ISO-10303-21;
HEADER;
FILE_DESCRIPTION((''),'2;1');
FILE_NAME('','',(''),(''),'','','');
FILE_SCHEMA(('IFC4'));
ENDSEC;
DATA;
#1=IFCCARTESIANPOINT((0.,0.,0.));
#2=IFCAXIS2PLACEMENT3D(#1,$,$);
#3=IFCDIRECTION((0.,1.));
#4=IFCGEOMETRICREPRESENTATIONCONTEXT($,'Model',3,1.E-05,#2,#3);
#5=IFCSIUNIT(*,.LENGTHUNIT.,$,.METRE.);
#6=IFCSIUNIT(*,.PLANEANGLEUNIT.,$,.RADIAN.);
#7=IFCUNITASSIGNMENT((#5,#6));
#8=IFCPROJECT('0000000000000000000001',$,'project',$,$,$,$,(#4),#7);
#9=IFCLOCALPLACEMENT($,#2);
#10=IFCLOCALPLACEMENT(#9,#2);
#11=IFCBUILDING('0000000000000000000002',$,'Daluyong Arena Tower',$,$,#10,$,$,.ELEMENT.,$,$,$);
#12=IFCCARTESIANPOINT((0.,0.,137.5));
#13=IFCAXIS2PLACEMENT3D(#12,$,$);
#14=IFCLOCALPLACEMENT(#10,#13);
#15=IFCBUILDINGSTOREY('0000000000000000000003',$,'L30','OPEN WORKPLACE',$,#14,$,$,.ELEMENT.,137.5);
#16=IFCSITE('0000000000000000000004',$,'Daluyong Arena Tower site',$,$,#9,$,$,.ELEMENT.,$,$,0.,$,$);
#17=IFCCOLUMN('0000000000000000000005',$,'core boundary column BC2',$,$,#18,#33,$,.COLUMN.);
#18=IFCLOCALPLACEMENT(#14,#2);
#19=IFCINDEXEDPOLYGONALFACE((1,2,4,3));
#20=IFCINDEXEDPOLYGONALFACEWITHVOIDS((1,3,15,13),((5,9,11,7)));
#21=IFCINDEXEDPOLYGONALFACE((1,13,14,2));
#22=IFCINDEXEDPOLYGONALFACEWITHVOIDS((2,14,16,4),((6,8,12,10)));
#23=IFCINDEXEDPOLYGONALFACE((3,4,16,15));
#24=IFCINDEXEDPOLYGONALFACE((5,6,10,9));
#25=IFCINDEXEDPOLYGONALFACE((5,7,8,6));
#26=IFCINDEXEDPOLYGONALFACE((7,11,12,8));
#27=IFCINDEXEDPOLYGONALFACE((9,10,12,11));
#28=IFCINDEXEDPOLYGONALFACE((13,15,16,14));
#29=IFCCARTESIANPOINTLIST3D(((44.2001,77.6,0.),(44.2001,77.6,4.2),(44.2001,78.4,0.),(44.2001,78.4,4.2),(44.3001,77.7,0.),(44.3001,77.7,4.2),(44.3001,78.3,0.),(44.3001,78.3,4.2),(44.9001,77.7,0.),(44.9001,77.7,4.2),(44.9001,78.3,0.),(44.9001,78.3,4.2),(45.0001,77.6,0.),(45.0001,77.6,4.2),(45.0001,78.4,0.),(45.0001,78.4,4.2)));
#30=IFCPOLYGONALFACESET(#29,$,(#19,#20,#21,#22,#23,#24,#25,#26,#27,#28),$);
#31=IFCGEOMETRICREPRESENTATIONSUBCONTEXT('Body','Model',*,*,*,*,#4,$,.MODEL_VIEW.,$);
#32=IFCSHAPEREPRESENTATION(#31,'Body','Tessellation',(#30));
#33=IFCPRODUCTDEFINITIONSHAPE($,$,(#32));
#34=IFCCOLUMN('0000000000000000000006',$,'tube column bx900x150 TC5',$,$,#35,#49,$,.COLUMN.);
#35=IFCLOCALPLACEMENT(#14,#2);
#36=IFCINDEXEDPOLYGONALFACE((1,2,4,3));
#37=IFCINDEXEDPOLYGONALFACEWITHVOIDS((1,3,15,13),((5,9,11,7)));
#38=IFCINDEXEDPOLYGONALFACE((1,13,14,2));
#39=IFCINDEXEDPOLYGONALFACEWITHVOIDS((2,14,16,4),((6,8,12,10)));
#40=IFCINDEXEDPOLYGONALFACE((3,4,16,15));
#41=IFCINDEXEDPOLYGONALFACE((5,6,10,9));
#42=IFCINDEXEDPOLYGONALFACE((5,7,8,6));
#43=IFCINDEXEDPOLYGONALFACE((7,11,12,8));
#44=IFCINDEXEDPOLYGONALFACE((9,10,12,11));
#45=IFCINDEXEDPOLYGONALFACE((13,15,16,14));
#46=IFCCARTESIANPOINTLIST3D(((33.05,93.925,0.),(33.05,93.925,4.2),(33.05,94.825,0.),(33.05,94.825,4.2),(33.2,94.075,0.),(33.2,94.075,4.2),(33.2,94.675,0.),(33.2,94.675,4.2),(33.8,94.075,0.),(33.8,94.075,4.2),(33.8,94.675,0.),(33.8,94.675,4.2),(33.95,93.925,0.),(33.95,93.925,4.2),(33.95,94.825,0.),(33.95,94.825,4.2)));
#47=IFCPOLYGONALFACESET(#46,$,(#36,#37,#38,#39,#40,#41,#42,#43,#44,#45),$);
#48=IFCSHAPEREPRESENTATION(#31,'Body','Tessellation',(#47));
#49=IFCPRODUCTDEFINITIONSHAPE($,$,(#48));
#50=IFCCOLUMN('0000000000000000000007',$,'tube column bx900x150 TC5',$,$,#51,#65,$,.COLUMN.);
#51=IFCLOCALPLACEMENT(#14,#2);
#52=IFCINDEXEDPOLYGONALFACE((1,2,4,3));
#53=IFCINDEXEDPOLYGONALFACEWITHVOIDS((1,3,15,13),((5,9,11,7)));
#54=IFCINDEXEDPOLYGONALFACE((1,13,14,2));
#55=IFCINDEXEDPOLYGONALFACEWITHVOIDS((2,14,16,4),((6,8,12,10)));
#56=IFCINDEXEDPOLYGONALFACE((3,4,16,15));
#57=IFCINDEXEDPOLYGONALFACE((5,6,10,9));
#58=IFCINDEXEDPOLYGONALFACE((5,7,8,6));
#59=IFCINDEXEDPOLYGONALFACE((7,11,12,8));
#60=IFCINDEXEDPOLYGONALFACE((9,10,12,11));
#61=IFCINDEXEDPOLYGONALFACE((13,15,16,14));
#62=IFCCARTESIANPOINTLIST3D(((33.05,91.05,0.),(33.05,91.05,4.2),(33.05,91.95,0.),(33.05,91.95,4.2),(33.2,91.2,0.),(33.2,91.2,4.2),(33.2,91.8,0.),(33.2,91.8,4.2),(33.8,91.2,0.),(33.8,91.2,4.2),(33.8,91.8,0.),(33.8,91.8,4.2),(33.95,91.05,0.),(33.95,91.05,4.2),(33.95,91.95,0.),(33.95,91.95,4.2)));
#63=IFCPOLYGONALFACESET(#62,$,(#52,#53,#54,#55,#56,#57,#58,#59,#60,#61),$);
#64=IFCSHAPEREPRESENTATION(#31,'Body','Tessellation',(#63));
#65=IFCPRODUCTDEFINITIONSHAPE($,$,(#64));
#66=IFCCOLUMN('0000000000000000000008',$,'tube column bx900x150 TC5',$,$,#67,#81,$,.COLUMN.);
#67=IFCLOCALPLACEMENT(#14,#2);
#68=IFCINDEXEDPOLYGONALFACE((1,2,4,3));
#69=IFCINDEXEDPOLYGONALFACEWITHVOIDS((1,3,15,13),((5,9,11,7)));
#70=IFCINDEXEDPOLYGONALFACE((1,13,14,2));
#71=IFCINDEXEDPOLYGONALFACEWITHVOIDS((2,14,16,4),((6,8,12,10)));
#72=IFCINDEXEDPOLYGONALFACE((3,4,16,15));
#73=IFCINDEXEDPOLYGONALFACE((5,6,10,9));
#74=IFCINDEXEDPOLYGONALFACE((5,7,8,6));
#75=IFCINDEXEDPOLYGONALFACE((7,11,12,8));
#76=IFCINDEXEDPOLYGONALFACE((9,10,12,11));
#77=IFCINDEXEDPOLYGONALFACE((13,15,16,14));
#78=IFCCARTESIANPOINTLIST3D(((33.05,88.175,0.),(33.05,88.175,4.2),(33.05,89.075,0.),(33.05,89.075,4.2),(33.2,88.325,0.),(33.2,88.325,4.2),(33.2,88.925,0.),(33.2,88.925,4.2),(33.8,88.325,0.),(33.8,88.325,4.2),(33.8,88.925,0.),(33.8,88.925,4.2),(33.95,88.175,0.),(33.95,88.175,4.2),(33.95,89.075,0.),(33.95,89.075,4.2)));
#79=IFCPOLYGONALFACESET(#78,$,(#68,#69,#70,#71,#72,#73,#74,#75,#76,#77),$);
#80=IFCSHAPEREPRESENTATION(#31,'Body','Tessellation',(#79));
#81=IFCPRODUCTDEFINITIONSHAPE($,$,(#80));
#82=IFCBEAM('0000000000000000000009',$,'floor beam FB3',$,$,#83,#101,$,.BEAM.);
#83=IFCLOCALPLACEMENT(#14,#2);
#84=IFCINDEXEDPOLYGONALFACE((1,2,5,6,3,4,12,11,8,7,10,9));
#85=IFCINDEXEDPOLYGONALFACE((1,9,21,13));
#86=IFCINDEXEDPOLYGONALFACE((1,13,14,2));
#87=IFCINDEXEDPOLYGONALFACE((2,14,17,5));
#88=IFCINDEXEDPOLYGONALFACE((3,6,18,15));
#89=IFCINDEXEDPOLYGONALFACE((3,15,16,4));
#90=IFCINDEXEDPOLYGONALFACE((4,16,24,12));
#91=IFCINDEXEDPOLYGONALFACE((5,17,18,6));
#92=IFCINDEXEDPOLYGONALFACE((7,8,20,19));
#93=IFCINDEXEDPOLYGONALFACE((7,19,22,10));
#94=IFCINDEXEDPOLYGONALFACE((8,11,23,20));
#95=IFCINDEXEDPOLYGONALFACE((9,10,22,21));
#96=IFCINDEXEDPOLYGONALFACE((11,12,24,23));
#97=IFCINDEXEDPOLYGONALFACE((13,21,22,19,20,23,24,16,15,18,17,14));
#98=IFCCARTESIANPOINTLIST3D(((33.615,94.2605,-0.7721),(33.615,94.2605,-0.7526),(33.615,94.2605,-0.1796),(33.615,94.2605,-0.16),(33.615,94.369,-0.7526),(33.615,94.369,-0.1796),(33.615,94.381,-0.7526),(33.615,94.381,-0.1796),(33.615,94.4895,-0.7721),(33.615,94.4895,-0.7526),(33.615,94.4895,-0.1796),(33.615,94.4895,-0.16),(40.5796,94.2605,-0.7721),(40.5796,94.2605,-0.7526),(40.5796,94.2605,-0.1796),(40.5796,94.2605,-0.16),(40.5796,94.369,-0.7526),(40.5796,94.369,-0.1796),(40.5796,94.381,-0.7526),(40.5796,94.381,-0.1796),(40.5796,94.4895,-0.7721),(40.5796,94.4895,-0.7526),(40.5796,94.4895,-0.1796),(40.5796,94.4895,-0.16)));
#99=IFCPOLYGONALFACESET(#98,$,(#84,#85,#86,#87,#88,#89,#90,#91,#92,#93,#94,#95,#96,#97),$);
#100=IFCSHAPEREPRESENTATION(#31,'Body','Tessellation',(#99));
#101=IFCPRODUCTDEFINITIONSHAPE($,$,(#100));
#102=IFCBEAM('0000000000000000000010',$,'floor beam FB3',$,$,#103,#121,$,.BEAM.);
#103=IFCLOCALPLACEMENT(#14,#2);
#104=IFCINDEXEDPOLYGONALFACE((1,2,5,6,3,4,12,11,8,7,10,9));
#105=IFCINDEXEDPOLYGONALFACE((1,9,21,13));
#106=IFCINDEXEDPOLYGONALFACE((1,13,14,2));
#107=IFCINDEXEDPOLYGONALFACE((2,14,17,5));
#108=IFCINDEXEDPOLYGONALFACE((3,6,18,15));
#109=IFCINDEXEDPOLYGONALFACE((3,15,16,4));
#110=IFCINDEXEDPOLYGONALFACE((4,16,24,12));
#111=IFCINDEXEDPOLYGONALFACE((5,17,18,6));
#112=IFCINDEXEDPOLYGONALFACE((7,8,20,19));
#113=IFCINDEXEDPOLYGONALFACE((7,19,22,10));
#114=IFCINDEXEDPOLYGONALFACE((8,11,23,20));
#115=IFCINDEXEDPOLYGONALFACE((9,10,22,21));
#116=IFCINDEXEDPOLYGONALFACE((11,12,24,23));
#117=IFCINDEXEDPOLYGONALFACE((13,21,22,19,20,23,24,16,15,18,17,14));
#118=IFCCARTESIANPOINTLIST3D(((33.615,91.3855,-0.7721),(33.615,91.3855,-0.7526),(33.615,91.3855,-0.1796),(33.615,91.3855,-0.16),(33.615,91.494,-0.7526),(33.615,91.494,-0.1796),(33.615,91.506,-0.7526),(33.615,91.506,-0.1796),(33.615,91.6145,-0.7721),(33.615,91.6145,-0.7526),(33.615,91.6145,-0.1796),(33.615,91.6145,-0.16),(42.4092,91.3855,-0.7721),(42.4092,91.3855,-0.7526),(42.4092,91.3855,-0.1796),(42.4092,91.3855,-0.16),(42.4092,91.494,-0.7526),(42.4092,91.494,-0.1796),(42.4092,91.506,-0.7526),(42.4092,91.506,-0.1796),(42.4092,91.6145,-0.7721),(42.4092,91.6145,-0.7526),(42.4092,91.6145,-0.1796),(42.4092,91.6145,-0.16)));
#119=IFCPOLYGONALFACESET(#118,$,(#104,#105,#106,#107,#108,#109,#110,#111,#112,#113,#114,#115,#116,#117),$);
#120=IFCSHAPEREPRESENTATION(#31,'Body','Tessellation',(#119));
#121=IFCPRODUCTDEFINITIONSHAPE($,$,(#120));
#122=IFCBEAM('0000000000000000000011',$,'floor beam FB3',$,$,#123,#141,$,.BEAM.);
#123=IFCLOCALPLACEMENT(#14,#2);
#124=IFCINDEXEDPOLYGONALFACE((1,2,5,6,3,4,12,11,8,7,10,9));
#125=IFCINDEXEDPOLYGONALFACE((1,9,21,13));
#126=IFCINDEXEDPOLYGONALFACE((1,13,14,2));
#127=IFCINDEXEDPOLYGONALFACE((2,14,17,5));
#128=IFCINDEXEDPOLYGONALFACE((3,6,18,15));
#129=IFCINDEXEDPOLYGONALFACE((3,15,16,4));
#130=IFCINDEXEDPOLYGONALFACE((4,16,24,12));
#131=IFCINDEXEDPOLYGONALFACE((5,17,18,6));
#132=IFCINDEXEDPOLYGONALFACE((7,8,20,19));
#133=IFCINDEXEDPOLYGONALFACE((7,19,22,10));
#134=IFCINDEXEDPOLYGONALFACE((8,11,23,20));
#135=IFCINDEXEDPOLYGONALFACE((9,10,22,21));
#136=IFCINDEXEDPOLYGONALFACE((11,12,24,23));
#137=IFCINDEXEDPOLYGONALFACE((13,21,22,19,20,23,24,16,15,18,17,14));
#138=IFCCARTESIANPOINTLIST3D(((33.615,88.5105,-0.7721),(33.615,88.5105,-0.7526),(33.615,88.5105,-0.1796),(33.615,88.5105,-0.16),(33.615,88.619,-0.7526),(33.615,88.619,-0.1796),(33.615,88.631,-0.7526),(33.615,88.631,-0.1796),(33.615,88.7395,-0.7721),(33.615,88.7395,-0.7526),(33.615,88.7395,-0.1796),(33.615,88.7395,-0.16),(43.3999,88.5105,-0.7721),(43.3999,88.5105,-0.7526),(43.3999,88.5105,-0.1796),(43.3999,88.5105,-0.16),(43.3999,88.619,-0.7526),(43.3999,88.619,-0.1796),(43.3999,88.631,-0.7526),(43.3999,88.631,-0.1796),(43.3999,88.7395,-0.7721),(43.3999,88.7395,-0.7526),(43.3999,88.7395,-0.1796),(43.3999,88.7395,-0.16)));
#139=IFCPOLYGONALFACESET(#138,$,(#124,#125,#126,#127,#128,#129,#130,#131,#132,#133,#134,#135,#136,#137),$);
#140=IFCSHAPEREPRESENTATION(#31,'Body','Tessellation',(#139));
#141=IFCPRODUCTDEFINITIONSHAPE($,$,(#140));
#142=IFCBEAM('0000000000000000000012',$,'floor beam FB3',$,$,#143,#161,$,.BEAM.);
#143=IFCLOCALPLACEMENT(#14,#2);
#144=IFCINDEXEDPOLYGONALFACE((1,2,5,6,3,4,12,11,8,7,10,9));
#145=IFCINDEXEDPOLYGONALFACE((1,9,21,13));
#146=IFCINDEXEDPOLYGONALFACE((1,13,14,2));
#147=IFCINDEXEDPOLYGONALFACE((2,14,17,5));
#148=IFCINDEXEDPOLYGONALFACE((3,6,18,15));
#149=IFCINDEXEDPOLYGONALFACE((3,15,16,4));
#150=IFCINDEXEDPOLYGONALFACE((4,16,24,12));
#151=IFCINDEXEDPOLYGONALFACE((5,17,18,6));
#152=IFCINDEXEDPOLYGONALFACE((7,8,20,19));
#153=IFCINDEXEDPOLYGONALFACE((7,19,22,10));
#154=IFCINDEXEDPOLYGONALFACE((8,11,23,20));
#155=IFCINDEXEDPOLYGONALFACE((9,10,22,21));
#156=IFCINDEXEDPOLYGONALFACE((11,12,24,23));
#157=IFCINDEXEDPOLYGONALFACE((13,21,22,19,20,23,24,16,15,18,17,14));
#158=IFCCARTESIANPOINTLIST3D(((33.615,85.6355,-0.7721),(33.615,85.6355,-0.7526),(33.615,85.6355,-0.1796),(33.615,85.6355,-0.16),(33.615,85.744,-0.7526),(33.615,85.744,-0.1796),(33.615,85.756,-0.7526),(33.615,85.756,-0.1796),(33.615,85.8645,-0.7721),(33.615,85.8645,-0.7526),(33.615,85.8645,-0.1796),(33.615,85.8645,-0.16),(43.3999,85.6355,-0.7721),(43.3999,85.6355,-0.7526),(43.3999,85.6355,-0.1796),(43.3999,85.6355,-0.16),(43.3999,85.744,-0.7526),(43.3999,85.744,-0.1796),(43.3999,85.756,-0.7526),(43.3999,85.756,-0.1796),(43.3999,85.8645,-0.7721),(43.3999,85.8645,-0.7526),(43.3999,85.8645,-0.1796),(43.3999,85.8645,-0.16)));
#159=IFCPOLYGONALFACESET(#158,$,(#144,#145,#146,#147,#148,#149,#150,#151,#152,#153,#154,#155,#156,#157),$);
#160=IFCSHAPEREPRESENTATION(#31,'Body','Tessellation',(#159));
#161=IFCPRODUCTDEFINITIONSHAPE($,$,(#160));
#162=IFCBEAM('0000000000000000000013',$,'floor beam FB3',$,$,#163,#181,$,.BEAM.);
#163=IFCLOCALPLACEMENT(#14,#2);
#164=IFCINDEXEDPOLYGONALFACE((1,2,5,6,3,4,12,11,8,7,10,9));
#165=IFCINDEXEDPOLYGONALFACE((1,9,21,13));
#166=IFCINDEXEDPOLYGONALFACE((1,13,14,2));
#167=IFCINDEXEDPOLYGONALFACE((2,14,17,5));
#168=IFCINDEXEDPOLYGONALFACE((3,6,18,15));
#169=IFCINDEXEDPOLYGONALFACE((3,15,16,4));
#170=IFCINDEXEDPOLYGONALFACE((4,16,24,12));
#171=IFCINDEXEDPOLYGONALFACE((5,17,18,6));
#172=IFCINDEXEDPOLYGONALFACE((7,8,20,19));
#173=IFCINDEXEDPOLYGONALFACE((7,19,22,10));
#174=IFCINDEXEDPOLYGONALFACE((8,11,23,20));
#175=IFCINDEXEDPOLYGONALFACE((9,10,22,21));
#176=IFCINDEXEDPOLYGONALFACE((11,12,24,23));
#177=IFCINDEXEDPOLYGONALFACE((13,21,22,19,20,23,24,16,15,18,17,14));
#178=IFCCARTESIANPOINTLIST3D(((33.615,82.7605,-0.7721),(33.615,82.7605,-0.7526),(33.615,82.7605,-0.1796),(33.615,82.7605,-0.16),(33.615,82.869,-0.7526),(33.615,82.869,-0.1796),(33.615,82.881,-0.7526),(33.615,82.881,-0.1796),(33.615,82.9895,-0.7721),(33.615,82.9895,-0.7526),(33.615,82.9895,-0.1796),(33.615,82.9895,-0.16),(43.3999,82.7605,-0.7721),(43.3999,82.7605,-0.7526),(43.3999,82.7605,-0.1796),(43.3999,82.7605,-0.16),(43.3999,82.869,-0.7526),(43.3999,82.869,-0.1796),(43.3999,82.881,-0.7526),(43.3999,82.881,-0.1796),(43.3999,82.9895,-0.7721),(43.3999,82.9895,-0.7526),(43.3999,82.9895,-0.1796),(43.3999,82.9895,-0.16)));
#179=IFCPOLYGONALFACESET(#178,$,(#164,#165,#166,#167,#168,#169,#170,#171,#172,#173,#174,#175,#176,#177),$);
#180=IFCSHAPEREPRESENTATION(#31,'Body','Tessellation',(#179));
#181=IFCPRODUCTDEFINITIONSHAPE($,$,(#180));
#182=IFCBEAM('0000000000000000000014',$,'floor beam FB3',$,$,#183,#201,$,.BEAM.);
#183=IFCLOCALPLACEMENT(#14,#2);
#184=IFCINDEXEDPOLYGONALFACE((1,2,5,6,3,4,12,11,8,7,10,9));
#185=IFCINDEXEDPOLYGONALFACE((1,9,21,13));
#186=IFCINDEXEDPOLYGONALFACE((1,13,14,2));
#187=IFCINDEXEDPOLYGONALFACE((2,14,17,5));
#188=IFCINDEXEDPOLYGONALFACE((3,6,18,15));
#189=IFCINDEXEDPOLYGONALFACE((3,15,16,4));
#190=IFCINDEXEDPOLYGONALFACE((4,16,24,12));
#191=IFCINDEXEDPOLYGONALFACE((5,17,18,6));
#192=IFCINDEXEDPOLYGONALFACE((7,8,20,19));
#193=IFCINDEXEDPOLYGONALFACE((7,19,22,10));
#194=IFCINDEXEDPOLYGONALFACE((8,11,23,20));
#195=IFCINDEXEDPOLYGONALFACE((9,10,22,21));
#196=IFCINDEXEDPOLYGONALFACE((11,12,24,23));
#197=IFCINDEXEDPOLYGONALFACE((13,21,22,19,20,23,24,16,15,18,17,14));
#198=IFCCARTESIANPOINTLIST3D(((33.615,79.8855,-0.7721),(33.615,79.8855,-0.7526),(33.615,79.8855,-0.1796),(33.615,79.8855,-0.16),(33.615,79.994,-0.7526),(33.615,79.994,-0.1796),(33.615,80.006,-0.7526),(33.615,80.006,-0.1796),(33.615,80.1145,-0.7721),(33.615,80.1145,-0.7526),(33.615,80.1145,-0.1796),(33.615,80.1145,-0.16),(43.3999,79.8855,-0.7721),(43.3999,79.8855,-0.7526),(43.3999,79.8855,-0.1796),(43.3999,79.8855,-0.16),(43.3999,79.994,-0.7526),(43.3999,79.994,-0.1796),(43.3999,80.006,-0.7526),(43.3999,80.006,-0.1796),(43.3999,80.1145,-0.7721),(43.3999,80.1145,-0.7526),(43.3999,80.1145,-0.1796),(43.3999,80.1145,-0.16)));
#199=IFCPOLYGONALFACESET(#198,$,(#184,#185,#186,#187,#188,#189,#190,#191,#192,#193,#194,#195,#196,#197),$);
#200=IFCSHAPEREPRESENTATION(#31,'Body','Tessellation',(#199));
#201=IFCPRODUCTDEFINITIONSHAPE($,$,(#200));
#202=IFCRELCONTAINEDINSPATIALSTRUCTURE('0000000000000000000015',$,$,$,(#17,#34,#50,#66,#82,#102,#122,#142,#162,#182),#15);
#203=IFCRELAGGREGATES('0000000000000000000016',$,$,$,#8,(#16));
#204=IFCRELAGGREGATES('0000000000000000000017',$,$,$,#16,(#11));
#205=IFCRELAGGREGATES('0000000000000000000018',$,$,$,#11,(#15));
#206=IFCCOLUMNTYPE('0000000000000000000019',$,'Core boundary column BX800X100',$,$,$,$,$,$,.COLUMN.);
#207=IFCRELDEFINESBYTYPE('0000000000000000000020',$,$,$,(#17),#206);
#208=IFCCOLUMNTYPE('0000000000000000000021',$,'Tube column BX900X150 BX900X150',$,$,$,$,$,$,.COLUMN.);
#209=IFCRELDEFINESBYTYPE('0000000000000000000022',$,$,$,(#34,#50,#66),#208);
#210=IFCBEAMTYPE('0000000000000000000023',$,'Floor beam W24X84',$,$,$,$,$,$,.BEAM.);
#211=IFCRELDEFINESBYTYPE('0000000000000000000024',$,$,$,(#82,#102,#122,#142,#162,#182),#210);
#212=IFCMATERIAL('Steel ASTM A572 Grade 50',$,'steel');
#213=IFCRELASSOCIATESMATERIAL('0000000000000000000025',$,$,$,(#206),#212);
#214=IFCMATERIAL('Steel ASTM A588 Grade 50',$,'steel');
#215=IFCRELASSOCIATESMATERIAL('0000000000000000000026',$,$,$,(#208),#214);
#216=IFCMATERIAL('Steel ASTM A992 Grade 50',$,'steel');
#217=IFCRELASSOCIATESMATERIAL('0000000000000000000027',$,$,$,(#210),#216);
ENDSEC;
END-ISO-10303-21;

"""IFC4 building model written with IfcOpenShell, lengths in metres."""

from ifc_helpers import new_model, si_unit, direction, frame, origin, origin_2d, place, context, subcontext, project, spatial, hollow_rectangle, i_section, extrude, material, material_profile, profile_set, type_object, element, save


model = new_model("IFC4")

# Units and contexts
model_context = context("Model", 3, precision=1e-05, world=origin(), true_north=direction((0.0, 1.0)))
body_context = subcontext(model_context, "Body", "Model", "MODEL_VIEW")
ifc_project = project(units=[si_unit("LENGTHUNIT", "METRE"), si_unit("PLANEANGLEUNIT", "RADIAN")], contexts=[model_context])

# Site, building, storey
site_placement = place(None, origin())
site = spatial("IfcSite", under=ifc_project, at=site_placement, Name="Daluyong Arena Tower site", CompositionType="ELEMENT", RefElevation=0.0)
building_placement = place(site_placement, origin())
building = spatial("IfcBuilding", under=site, at=building_placement, Name="Daluyong Arena Tower", CompositionType="ELEMENT")
storey_placement = place(building_placement, frame((0.0, 0.0, 137.5)))
storey = spatial("IfcBuildingStorey", under=building, at=storey_placement, Name="L30", Description="OPEN WORKPLACE", CompositionType="ELEMENT", Elevation=137.5)

# Columns
ifc_material_1 = material(Name="Steel ASTM A572 Grade 50", Category="steel")
ifc_material_profile_1 = material_profile(ifc_material_1, hollow_rectangle(XDim=0.8, YDim=0.8, WallThickness=0.1, at=origin_2d()))
ifc_profile_set_1 = profile_set([ifc_material_profile_1], Name="Steel ASTM A572 Grade 50")
column_type_1 = type_object("IfcColumnType", Name="Core boundary column BX800X100", PredefinedType="COLUMN", material=ifc_profile_set_1)
column_placement = place(storey_placement, frame((44.6001, 78.0, 0.0), z_axis=(0.0, 0.0, 1.0), x_axis=(1.0, 0.0, 0.0)))
element("IfcColumn", 1, at=column_placement, inside=storey, type_object=column_type_1, Name="core boundary column BC2", PredefinedType="COLUMN", context=body_context, shape_type="SweptSolid", body=[
    extrude(hollow_rectangle(XDim=0.8, YDim=0.8, WallThickness=0.1, at=origin_2d()), origin(), (0.0, 0.0, 1.0), 4.2),
])
ifc_material_2 = material(Name="Steel ASTM A588 Grade 50", Category="steel")
ifc_material_profile_2 = material_profile(ifc_material_2, hollow_rectangle(XDim=0.8999, YDim=0.8999, WallThickness=0.15, at=origin_2d()))
ifc_profile_set_2 = profile_set([ifc_material_profile_2], Name="Steel ASTM A588 Grade 50")
column_type_2 = type_object("IfcColumnType", Name="Tube column BX900X150 BX900X150", PredefinedType="COLUMN", material=ifc_profile_set_2)
for number, where, z_axis, x_axis, name in (
    (2, (33.5, 94.375, 0.0), (0.0, 0.0, 1.0), (0.0, 1.0, 0.0), "tube column bx900x150 TC5"),
    (3, (33.5, 91.5, 0.0), (0.0, 0.0, 1.0), (0.0, 1.0, 0.0), "tube column bx900x150 TC5"),
    (4, (33.5, 88.625, 0.0), (0.0, 0.0, 1.0), (0.0, 1.0, 0.0), "tube column bx900x150 TC5"),
):
    element("IfcColumn", number, at=place(storey_placement, frame(where, z_axis=z_axis, x_axis=x_axis)), inside=storey, type_object=column_type_2, Name=name, PredefinedType="COLUMN", context=body_context, shape_type="SweptSolid", body=[
        extrude(hollow_rectangle(XDim=0.8999, YDim=0.8999, WallThickness=0.15, at=origin_2d()), origin(), (0.0, 0.0, 1.0), 4.2),
    ])

# Beams
ifc_material_3 = material(Name="Steel ASTM A992 Grade 50", Category="steel")
ifc_material_profile_3 = material_profile(ifc_material_3, i_section(OverallWidth=0.229, OverallDepth=0.6121, WebThickness=0.012, FlangeThickness=0.0195, at=origin_2d()))
ifc_profile_set_3 = profile_set([ifc_material_profile_3], Name="Steel ASTM A992 Grade 50")
beam_type_1 = type_object("IfcBeamType", Name="Floor beam W24X84", PredefinedType="BEAM", material=ifc_profile_set_3)
beam_1_placement = place(storey_placement, frame((33.615, 94.375, -0.4661), z_axis=(1.0, 0.0, 0.0), x_axis=(0.0, 1.0, 0.0)))
element("IfcBeam", 5, at=beam_1_placement, inside=storey, type_object=beam_type_1, Name="floor beam FB3", PredefinedType="BEAM", context=body_context, shape_type="SweptSolid", body=[
    extrude(i_section(OverallWidth=0.229, OverallDepth=0.6121, WebThickness=0.012, FlangeThickness=0.0195, at=origin_2d()), origin(), (0.0, 0.0, 1.0), 6.9646),
])
beam_2_placement = place(storey_placement, frame((33.615, 91.5, -0.4661), z_axis=(1.0, 0.0, 0.0), x_axis=(0.0, 1.0, 0.0)))
element("IfcBeam", 6, at=beam_2_placement, inside=storey, type_object=beam_type_1, Name="floor beam FB3", PredefinedType="BEAM", context=body_context, shape_type="SweptSolid", body=[
    extrude(i_section(OverallWidth=0.229, OverallDepth=0.6121, WebThickness=0.012, FlangeThickness=0.0195, at=origin_2d()), origin(), (0.0, 0.0, 1.0), 8.7942),
])
for number, where, z_axis, x_axis, name in (
    (7, (33.615, 88.625, -0.4661), (1.0, 0.0, 0.0), (0.0, 1.0, 0.0), "floor beam FB3"),
    (8, (33.615, 85.75, -0.4661), (1.0, 0.0, 0.0), (0.0, 1.0, 0.0), "floor beam FB3"),
    (9, (33.615, 82.875, -0.4661), (1.0, 0.0, 0.0), (0.0, 1.0, 0.0), "floor beam FB3"),
    (10, (33.615, 80.0, -0.4661), (1.0, 0.0, 0.0), (0.0, 1.0, 0.0), "floor beam FB3"),
):
    element("IfcBeam", number, at=place(storey_placement, frame(where, z_axis=z_axis, x_axis=x_axis)), inside=storey, type_object=beam_type_1, Name=name, PredefinedType="BEAM", context=body_context, shape_type="SweptSolid", body=[
        extrude(i_section(OverallWidth=0.229, OverallDepth=0.6121, WebThickness=0.012, FlangeThickness=0.0195, at=origin_2d()), origin(), (0.0, 0.0, 1.0), 9.7849),
    ])

save(model, "model.ifc")
